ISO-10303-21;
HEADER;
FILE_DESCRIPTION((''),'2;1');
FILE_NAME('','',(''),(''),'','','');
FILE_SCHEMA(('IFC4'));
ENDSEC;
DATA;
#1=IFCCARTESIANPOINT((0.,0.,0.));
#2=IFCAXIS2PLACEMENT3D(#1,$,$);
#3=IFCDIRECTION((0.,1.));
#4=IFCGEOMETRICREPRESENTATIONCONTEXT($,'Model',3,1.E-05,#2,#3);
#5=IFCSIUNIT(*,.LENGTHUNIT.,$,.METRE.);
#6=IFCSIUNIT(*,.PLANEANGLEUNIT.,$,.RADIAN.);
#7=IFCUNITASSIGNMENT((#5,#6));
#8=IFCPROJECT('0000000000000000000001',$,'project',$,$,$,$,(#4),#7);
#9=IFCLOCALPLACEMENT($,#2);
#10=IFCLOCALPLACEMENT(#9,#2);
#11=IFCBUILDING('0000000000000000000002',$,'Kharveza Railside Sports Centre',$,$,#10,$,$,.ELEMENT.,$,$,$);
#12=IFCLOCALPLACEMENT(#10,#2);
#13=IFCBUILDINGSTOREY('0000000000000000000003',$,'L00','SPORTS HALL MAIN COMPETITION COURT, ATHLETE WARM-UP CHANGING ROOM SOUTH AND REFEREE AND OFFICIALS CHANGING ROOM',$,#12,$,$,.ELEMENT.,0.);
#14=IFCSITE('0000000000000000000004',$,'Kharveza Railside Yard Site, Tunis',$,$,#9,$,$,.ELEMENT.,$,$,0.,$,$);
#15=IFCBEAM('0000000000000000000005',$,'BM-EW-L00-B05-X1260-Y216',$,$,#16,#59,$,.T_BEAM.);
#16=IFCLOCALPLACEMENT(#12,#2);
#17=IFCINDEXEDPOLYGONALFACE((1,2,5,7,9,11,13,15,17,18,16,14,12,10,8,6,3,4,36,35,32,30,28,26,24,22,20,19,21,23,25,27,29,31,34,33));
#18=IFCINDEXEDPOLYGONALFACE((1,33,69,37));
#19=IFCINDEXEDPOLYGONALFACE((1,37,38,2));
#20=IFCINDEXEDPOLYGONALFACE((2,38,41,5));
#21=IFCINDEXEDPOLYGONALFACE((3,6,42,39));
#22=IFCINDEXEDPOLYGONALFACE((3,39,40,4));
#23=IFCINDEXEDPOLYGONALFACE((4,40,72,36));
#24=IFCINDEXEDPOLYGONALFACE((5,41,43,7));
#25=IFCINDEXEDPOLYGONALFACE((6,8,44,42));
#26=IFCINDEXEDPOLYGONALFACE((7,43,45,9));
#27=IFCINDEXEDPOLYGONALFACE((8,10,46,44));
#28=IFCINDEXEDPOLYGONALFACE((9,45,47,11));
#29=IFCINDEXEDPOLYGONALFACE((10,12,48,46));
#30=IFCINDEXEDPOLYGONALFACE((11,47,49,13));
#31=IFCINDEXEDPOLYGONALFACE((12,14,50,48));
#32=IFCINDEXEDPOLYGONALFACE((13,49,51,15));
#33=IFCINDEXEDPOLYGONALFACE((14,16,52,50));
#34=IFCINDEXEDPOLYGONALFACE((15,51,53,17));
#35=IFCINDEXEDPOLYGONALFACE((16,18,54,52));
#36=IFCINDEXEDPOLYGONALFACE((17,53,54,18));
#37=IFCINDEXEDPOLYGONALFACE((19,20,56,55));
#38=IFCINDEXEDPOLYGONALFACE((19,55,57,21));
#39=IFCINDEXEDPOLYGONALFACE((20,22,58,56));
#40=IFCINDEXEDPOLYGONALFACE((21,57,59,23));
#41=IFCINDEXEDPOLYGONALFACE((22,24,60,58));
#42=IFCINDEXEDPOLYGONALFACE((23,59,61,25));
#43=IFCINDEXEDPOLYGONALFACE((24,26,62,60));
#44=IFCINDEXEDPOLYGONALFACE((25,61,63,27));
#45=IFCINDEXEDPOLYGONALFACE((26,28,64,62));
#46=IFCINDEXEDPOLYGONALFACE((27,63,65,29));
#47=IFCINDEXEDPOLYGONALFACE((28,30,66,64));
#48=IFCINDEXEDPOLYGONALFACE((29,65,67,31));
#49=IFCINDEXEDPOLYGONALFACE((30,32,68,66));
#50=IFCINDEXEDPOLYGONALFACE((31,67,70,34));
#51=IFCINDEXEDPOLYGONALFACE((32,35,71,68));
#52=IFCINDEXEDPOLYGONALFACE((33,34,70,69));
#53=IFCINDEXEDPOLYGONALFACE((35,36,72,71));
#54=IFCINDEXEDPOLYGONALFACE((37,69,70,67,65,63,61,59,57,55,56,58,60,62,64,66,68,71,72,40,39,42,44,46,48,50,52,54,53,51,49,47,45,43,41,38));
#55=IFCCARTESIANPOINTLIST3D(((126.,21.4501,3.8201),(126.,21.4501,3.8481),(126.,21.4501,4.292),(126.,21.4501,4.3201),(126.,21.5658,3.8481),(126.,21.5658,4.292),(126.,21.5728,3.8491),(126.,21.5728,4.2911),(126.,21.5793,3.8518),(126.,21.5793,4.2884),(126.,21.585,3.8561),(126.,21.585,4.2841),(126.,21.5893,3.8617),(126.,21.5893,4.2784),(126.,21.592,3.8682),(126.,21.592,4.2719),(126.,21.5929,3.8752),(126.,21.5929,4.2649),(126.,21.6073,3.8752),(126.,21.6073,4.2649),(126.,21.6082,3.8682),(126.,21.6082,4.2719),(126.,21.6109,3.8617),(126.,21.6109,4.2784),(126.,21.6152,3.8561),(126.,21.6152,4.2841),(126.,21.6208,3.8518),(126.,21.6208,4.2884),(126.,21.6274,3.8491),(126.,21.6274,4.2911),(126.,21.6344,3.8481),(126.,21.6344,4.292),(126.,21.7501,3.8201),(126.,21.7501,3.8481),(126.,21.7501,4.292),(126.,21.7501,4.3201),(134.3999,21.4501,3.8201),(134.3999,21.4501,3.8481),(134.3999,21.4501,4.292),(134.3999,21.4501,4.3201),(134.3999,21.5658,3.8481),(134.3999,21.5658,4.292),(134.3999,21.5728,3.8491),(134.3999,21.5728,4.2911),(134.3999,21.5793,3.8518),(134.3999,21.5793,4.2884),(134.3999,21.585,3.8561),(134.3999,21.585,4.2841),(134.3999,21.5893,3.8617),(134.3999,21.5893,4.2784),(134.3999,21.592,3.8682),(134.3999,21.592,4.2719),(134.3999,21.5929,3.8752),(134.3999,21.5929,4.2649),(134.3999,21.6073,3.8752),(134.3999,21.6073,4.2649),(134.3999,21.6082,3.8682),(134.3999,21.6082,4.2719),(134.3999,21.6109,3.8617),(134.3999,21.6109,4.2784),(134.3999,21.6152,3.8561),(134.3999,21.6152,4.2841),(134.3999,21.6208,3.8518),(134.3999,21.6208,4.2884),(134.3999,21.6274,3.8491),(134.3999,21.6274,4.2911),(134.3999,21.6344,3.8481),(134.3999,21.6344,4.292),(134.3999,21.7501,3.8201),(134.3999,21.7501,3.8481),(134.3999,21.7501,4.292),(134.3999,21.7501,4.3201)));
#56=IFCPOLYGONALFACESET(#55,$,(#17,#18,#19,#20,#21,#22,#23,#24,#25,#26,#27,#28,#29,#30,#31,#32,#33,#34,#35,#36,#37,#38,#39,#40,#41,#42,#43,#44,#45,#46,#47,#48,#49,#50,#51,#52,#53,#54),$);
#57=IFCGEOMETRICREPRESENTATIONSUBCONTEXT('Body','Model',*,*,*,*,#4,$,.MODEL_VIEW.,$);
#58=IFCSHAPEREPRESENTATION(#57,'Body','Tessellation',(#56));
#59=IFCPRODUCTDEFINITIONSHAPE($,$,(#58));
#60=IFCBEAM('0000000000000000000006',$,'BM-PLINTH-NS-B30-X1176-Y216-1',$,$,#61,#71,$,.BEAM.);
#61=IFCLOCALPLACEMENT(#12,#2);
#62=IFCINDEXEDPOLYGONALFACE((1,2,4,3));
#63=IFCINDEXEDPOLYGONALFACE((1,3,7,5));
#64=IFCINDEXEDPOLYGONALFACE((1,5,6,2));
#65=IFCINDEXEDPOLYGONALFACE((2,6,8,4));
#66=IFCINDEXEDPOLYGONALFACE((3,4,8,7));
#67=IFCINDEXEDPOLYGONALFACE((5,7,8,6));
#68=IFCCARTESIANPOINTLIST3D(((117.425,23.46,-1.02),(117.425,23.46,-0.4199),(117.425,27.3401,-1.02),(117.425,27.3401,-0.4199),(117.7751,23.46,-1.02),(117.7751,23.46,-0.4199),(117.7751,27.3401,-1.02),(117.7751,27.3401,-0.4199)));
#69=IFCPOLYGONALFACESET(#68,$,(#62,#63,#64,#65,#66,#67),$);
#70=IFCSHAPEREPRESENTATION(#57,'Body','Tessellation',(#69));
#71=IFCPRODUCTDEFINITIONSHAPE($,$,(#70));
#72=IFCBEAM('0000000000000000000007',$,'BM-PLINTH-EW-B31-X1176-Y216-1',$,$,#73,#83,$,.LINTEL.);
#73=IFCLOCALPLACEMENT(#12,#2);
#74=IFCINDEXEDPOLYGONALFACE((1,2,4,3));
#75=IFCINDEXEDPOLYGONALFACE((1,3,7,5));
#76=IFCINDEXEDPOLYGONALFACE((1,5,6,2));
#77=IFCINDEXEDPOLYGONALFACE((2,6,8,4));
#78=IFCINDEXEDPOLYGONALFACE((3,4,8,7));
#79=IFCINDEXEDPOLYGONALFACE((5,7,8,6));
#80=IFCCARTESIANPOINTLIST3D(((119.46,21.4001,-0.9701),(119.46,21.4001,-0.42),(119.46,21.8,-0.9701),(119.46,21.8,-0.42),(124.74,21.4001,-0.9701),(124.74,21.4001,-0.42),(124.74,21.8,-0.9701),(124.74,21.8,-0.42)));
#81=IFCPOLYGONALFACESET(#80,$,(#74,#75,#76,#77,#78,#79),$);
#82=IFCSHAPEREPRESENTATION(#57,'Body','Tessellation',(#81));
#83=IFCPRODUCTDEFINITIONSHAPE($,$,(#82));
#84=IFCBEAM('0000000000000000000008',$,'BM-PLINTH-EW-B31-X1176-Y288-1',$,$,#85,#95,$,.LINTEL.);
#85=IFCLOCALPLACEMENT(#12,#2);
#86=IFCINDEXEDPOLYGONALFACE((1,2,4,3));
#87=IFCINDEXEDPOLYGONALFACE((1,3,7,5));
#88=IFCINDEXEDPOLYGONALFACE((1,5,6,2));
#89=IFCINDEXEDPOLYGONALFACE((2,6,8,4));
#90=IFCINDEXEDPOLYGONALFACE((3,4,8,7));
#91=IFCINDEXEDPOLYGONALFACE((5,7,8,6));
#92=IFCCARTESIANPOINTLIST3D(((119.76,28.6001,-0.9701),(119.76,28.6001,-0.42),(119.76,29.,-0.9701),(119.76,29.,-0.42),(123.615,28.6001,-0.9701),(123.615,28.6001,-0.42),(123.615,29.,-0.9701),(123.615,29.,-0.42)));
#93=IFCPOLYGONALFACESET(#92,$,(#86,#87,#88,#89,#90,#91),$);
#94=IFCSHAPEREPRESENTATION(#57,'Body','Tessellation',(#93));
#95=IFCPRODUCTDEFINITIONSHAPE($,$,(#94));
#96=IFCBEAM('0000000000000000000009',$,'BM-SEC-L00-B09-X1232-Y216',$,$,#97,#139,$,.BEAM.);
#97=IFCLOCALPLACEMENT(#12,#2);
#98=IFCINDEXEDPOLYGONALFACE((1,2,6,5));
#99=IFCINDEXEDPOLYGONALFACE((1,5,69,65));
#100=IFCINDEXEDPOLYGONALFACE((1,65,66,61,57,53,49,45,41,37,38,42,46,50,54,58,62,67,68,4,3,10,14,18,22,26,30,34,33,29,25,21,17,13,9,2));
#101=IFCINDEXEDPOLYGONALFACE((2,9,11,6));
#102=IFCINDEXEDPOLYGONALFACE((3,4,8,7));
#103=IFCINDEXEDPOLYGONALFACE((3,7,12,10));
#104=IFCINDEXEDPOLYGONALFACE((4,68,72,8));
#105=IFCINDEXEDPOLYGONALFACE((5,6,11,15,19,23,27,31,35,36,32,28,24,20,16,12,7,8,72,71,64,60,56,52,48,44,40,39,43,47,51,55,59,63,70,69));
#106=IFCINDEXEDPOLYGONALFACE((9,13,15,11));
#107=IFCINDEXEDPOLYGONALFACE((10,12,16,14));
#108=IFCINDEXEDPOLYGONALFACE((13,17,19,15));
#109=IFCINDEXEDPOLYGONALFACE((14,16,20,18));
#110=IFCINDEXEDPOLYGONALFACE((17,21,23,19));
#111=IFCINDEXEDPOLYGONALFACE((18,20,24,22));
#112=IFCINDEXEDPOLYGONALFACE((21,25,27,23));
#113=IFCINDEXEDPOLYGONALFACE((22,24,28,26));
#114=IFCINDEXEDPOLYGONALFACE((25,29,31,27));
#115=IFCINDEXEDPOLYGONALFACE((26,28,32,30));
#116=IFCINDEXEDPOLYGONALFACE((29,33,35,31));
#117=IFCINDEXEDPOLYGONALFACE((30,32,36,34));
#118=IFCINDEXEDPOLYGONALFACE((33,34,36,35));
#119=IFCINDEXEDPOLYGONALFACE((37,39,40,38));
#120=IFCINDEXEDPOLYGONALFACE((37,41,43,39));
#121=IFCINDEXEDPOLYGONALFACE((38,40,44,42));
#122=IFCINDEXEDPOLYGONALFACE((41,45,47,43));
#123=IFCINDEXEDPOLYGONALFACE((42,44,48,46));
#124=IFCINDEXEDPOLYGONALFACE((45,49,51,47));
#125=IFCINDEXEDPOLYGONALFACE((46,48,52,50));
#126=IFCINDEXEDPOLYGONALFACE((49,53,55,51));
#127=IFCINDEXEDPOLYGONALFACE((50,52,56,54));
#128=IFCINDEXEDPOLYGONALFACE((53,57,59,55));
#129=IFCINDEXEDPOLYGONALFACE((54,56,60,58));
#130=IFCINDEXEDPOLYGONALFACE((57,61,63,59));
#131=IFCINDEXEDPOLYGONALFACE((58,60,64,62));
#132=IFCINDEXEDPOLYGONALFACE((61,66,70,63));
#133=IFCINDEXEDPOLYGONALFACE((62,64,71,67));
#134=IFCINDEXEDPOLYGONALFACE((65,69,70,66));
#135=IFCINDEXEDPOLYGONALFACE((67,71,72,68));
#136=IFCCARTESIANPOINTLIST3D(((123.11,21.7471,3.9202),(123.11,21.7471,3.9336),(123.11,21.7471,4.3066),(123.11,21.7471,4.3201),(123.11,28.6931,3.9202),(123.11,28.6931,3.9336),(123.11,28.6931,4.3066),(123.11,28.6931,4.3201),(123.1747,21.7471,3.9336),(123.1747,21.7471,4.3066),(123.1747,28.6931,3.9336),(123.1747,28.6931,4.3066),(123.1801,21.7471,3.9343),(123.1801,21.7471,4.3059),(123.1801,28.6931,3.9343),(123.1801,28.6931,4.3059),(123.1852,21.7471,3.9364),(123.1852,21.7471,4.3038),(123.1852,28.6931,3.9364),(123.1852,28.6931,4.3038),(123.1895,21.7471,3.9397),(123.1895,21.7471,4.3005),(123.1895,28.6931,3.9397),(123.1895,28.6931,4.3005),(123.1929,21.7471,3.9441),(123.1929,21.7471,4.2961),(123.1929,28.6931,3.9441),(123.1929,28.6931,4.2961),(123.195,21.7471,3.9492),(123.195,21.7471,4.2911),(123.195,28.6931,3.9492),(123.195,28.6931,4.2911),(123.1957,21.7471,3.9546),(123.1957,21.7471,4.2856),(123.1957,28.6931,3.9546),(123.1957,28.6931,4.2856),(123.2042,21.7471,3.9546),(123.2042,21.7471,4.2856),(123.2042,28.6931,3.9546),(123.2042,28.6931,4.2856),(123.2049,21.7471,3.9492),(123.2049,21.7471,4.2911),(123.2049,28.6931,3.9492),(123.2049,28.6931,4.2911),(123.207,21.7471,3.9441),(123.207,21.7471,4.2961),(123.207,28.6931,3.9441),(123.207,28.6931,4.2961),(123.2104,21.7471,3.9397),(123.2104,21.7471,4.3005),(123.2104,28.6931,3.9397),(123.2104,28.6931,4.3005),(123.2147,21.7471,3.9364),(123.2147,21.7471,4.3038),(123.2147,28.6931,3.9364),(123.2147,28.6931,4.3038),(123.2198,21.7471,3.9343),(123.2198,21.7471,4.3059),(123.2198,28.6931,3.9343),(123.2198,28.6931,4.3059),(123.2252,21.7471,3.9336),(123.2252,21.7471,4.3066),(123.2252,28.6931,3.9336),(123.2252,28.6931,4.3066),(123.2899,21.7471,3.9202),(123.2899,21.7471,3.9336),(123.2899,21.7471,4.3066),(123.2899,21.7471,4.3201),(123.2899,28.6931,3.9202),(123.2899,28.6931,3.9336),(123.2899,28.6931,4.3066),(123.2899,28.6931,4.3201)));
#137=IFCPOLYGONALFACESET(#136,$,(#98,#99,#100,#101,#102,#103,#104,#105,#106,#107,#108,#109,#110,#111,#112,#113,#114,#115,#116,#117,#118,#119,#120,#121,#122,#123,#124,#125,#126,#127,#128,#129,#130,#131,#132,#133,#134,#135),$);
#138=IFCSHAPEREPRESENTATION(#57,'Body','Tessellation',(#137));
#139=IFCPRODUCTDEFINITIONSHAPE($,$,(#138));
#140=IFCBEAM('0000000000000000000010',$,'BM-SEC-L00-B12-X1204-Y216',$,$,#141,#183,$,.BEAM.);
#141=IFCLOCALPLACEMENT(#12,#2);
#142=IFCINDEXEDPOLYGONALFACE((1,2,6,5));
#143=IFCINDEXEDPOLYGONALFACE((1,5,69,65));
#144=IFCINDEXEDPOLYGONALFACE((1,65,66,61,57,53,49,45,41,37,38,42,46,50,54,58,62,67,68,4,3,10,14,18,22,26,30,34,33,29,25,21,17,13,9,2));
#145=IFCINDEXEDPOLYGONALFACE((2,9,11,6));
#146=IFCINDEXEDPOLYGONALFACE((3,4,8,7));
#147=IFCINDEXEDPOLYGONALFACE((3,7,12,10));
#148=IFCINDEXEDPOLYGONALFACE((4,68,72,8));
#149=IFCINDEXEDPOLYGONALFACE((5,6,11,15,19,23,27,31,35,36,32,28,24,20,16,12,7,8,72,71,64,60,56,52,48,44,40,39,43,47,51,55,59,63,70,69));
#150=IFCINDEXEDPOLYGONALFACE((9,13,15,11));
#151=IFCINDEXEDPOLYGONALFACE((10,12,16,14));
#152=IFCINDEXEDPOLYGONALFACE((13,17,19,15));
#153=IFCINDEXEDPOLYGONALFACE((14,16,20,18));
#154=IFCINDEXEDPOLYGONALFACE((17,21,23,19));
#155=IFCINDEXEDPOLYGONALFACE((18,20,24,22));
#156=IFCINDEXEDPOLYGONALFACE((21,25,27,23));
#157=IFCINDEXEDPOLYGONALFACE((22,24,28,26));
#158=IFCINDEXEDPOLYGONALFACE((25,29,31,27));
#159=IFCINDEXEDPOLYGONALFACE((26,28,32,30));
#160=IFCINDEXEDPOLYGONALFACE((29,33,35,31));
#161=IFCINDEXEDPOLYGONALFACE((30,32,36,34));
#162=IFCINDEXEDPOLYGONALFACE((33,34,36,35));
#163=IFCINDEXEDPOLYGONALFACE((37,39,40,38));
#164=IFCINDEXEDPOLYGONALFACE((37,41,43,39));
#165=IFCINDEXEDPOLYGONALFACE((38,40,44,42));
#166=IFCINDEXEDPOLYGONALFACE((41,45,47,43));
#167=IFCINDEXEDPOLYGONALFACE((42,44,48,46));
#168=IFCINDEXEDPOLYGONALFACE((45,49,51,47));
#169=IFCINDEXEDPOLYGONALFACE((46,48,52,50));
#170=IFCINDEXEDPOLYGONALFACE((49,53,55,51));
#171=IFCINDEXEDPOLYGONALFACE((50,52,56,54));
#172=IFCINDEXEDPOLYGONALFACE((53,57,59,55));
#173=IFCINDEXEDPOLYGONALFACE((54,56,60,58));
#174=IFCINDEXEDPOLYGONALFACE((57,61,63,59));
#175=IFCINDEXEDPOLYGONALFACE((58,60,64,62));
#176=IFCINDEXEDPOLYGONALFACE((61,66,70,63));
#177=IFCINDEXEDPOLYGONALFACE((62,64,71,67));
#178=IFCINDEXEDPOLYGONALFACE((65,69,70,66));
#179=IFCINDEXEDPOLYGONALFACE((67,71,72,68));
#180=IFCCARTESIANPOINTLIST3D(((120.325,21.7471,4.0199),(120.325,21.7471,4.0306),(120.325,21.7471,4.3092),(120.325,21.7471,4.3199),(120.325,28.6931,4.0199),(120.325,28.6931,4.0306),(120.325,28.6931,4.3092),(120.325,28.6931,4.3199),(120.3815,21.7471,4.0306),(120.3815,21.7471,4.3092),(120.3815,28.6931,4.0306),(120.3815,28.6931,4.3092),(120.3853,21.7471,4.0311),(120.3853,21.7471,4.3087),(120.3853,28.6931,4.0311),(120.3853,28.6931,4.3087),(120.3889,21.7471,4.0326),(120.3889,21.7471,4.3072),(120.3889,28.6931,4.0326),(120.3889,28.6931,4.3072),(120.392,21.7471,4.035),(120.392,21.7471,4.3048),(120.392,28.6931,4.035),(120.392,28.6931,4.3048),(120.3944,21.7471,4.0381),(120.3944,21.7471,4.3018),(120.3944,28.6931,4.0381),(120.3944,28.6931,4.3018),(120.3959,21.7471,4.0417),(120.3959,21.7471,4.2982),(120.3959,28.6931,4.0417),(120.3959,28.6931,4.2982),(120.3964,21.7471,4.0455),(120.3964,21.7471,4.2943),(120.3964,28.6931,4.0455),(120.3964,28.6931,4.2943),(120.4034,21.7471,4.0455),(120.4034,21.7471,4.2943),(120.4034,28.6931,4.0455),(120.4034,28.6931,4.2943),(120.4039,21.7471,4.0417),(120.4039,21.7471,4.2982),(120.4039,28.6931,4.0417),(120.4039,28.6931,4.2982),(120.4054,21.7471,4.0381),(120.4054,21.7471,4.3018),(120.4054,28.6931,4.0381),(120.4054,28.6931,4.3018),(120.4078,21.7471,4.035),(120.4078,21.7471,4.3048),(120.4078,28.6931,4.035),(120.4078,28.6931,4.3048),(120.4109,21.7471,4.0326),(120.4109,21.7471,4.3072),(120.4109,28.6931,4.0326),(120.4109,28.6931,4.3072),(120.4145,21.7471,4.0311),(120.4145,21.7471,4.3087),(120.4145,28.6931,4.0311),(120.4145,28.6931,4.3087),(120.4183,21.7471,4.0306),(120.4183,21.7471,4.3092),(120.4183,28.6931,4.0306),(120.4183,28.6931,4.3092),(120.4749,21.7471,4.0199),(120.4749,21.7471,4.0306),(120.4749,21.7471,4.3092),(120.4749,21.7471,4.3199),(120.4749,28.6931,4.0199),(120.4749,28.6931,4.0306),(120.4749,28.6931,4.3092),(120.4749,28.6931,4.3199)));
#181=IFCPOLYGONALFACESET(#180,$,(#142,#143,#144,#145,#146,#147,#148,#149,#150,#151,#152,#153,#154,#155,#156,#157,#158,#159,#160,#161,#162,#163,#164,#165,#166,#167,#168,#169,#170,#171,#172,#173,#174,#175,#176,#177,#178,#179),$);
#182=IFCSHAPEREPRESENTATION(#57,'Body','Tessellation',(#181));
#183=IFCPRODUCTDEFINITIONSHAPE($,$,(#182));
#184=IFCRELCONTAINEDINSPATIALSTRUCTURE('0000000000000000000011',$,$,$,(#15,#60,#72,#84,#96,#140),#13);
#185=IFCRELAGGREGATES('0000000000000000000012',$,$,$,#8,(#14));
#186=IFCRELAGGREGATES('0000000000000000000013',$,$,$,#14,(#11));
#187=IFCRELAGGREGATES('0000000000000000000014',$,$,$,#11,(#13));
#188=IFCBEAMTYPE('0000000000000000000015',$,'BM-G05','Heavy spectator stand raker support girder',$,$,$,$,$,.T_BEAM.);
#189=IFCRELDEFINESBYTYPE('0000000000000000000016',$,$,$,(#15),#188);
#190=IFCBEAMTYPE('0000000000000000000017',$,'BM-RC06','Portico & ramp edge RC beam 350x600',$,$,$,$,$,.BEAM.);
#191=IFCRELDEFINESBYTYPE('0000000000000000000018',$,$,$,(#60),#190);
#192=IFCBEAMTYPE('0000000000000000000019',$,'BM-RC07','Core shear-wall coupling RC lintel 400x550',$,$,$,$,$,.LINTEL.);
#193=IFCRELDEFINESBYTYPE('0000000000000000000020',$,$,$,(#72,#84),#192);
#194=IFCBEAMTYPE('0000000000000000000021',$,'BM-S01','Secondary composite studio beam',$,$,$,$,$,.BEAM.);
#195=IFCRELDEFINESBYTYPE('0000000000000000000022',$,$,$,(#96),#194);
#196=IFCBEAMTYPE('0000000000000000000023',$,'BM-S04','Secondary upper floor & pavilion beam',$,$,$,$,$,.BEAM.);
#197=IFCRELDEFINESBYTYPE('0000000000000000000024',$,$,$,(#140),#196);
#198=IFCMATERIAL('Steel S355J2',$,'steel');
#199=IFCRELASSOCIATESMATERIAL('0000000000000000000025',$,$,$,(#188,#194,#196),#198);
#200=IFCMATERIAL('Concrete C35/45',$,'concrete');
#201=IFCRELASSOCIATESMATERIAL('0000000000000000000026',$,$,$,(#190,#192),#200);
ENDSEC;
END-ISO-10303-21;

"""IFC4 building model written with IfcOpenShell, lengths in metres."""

from ifc_helpers import new_model, si_unit, direction, frame, origin, origin_2d, place, context, subcontext, project, spatial, rectangle, i_section, extrude, material, material_profile, profile_set, type_object, element, save


model = new_model("IFC4")

# Units and contexts
model_context = context("Model", 3, precision=1e-05, world=origin(), true_north=direction((0.0, 1.0)))
body_context = subcontext(model_context, "Body", "Model", "MODEL_VIEW")
ifc_project = project(units=[si_unit("LENGTHUNIT", "METRE"), si_unit("PLANEANGLEUNIT", "RADIAN")], contexts=[model_context])

# Site, building, storey
site_placement = place(None, origin())
site = spatial("IfcSite", under=ifc_project, at=site_placement, Name="Kharveza Railside Yard Site, Tunis", CompositionType="ELEMENT", RefElevation=0.0)
building_placement = place(site_placement, origin())
building = spatial("IfcBuilding", under=site, at=building_placement, Name="Kharveza Railside Sports Centre", CompositionType="ELEMENT")
storey_placement = place(building_placement, origin())
storey = spatial("IfcBuildingStorey", under=building, at=storey_placement, Name="L00", Description="SPORTS HALL MAIN COMPETITION COURT, ATHLETE WARM-UP CHANGING ROOM SOUTH AND REFEREE AND OFFICIALS CHANGING ROOM", CompositionType="ELEMENT", Elevation=0.0)

# Shared definitions
ifc_material_1 = material(Name="Concrete C35/45", Category="concrete")

# Shared definitions
ifc_material_2 = material(Name="Steel S355J2", Category="steel")

# Beams
ifc_material_profile_1 = material_profile(ifc_material_2, i_section(OverallWidth=0.3, OverallDepth=0.5, WebThickness=0.0144, FlangeThickness=0.0281, FilletRadius=0.0271, at=origin_2d()), Name="HEB 500")
ifc_profile_set_1 = profile_set([ifc_material_profile_1], Name="Steel S355J2")
beam_type_1 = type_object("IfcBeamType", Name="BM-G05", Description="Heavy spectator stand raker support girder", PredefinedType="T_BEAM", material=ifc_profile_set_1)
for number, where, z_axis, x_axis, name in (
    (1, (126.0, 21.6001, 4.0701), (1.0, 0.0, 0.0), (0.0, 1.0, 0.0), "BM-EW-L00-B05-X1260-Y216"),
):
    element("IfcBeam", number, at=place(storey_placement, frame(where, z_axis=z_axis, x_axis=x_axis)), inside=storey, type_object=beam_type_1, Name=name, PredefinedType="T_BEAM", context=body_context, shape_type="SweptSolid", body=[
        extrude(i_section(OverallWidth=0.3, OverallDepth=0.5, WebThickness=0.0144, FlangeThickness=0.0281, FilletRadius=0.0271, at=origin_2d()), origin(), (0.0, 0.0, 1.0), 8.3999),
    ])
ifc_material_profile_2 = material_profile(ifc_material_1, rectangle(XDim=0.3501, YDim=0.6001, at=origin_2d()), Name="RCB 350x600")
ifc_profile_set_2 = profile_set([ifc_material_profile_2], Name="Concrete C35/45")
beam_type_2 = type_object("IfcBeamType", Name="BM-RC06", Description="Portico & ramp edge RC beam 350x600", PredefinedType="BEAM", material=ifc_profile_set_2)
beam_1_placement = place(storey_placement, frame((117.6001, 23.46, -0.72), z_axis=(0.0, 1.0, 0.0), x_axis=(-1.0, 0.0, 0.0)))
element("IfcBeam", 2, at=beam_1_placement, inside=storey, type_object=beam_type_2, Name="BM-PLINTH-NS-B30-X1176-Y216-1", PredefinedType="BEAM", context=body_context, shape_type="SweptSolid", body=[
    extrude(rectangle(XDim=0.3501, YDim=0.6001, at=origin_2d()), origin(), (0.0, 0.0, 1.0), 3.8801),
])
ifc_material_profile_3 = material_profile(ifc_material_1, rectangle(XDim=0.3999, YDim=0.55, at=origin_2d()), Name="RCB 400x550")
ifc_profile_set_3 = profile_set([ifc_material_profile_3], Name="Concrete C35/45")
beam_type_3 = type_object("IfcBeamType", Name="BM-RC07", Description="Core shear-wall coupling RC lintel 400x550", PredefinedType="LINTEL", material=ifc_profile_set_3)
beam_2_placement = place(storey_placement, frame((119.46, 21.6001, -0.6951), z_axis=(1.0, 0.0, 0.0), x_axis=(0.0, 1.0, 0.0)))
element("IfcBeam", 3, at=beam_2_placement, inside=storey, type_object=beam_type_3, Name="BM-PLINTH-EW-B31-X1176-Y216-1", PredefinedType="LINTEL", context=body_context, shape_type="SweptSolid", body=[
    extrude(rectangle(XDim=0.3999, YDim=0.55, at=origin_2d()), origin(), (0.0, 0.0, 1.0), 5.28),
])
beam_3_placement = place(storey_placement, frame((119.76, 28.8, -0.6951), z_axis=(1.0, 0.0, 0.0), x_axis=(0.0, 1.0, 0.0)))
element("IfcBeam", 4, at=beam_3_placement, inside=storey, type_object=beam_type_3, Name="BM-PLINTH-EW-B31-X1176-Y288-1", PredefinedType="LINTEL", context=body_context, shape_type="SweptSolid", body=[
    extrude(rectangle(XDim=0.3999, YDim=0.55, at=origin_2d()), origin(), (0.0, 0.0, 1.0), 3.855),
])
ifc_material_profile_4 = material_profile(ifc_material_2, i_section(OverallWidth=0.1799, OverallDepth=0.3999, WebThickness=0.0085, FlangeThickness=0.0134, FilletRadius=0.021, at=origin_2d()), Name="IPE 400")
ifc_profile_set_4 = profile_set([ifc_material_profile_4], Name="Steel S355J2")
beam_type_4 = type_object("IfcBeamType", Name="BM-S01", Description="Secondary composite studio beam", PredefinedType="BEAM", material=ifc_profile_set_4)
beam_4_placement = place(storey_placement, frame((123.2, 21.7471, 4.1201), z_axis=(0.0, 1.0, 0.0), x_axis=(-1.0, 0.0, 0.0)))
element("IfcBeam", 5, at=beam_4_placement, inside=storey, type_object=beam_type_4, Name="BM-SEC-L00-B09-X1232-Y216", PredefinedType="BEAM", context=body_context, shape_type="SweptSolid", body=[
    extrude(i_section(OverallWidth=0.1799, OverallDepth=0.3999, WebThickness=0.0085, FlangeThickness=0.0134, FilletRadius=0.021, at=origin_2d()), origin(), (0.0, 0.0, 1.0), 6.946),
])
ifc_material_profile_5 = material_profile(ifc_material_2, i_section(OverallWidth=0.1499, OverallDepth=0.3, WebThickness=0.0071, FlangeThickness=0.0107, FilletRadius=0.0149, at=origin_2d()), Name="IPE 300")
ifc_profile_set_5 = profile_set([ifc_material_profile_5], Name="Steel S355J2")
beam_type_5 = type_object("IfcBeamType", Name="BM-S04", Description="Secondary upper floor & pavilion beam", PredefinedType="BEAM", material=ifc_profile_set_5)
beam_5_placement = place(storey_placement, frame((120.3999, 21.7471, 4.1699), z_axis=(0.0, 1.0, 0.0), x_axis=(-1.0, 0.0, 0.0)))
element("IfcBeam", 6, at=beam_5_placement, inside=storey, type_object=beam_type_5, Name="BM-SEC-L00-B12-X1204-Y216", PredefinedType="BEAM", context=body_context, shape_type="SweptSolid", body=[
    extrude(i_section(OverallWidth=0.1499, OverallDepth=0.3, WebThickness=0.0071, FlangeThickness=0.0107, FilletRadius=0.0149, at=origin_2d()), origin(), (0.0, 0.0, 1.0), 6.946),
])

save(model, "model.ifc")
